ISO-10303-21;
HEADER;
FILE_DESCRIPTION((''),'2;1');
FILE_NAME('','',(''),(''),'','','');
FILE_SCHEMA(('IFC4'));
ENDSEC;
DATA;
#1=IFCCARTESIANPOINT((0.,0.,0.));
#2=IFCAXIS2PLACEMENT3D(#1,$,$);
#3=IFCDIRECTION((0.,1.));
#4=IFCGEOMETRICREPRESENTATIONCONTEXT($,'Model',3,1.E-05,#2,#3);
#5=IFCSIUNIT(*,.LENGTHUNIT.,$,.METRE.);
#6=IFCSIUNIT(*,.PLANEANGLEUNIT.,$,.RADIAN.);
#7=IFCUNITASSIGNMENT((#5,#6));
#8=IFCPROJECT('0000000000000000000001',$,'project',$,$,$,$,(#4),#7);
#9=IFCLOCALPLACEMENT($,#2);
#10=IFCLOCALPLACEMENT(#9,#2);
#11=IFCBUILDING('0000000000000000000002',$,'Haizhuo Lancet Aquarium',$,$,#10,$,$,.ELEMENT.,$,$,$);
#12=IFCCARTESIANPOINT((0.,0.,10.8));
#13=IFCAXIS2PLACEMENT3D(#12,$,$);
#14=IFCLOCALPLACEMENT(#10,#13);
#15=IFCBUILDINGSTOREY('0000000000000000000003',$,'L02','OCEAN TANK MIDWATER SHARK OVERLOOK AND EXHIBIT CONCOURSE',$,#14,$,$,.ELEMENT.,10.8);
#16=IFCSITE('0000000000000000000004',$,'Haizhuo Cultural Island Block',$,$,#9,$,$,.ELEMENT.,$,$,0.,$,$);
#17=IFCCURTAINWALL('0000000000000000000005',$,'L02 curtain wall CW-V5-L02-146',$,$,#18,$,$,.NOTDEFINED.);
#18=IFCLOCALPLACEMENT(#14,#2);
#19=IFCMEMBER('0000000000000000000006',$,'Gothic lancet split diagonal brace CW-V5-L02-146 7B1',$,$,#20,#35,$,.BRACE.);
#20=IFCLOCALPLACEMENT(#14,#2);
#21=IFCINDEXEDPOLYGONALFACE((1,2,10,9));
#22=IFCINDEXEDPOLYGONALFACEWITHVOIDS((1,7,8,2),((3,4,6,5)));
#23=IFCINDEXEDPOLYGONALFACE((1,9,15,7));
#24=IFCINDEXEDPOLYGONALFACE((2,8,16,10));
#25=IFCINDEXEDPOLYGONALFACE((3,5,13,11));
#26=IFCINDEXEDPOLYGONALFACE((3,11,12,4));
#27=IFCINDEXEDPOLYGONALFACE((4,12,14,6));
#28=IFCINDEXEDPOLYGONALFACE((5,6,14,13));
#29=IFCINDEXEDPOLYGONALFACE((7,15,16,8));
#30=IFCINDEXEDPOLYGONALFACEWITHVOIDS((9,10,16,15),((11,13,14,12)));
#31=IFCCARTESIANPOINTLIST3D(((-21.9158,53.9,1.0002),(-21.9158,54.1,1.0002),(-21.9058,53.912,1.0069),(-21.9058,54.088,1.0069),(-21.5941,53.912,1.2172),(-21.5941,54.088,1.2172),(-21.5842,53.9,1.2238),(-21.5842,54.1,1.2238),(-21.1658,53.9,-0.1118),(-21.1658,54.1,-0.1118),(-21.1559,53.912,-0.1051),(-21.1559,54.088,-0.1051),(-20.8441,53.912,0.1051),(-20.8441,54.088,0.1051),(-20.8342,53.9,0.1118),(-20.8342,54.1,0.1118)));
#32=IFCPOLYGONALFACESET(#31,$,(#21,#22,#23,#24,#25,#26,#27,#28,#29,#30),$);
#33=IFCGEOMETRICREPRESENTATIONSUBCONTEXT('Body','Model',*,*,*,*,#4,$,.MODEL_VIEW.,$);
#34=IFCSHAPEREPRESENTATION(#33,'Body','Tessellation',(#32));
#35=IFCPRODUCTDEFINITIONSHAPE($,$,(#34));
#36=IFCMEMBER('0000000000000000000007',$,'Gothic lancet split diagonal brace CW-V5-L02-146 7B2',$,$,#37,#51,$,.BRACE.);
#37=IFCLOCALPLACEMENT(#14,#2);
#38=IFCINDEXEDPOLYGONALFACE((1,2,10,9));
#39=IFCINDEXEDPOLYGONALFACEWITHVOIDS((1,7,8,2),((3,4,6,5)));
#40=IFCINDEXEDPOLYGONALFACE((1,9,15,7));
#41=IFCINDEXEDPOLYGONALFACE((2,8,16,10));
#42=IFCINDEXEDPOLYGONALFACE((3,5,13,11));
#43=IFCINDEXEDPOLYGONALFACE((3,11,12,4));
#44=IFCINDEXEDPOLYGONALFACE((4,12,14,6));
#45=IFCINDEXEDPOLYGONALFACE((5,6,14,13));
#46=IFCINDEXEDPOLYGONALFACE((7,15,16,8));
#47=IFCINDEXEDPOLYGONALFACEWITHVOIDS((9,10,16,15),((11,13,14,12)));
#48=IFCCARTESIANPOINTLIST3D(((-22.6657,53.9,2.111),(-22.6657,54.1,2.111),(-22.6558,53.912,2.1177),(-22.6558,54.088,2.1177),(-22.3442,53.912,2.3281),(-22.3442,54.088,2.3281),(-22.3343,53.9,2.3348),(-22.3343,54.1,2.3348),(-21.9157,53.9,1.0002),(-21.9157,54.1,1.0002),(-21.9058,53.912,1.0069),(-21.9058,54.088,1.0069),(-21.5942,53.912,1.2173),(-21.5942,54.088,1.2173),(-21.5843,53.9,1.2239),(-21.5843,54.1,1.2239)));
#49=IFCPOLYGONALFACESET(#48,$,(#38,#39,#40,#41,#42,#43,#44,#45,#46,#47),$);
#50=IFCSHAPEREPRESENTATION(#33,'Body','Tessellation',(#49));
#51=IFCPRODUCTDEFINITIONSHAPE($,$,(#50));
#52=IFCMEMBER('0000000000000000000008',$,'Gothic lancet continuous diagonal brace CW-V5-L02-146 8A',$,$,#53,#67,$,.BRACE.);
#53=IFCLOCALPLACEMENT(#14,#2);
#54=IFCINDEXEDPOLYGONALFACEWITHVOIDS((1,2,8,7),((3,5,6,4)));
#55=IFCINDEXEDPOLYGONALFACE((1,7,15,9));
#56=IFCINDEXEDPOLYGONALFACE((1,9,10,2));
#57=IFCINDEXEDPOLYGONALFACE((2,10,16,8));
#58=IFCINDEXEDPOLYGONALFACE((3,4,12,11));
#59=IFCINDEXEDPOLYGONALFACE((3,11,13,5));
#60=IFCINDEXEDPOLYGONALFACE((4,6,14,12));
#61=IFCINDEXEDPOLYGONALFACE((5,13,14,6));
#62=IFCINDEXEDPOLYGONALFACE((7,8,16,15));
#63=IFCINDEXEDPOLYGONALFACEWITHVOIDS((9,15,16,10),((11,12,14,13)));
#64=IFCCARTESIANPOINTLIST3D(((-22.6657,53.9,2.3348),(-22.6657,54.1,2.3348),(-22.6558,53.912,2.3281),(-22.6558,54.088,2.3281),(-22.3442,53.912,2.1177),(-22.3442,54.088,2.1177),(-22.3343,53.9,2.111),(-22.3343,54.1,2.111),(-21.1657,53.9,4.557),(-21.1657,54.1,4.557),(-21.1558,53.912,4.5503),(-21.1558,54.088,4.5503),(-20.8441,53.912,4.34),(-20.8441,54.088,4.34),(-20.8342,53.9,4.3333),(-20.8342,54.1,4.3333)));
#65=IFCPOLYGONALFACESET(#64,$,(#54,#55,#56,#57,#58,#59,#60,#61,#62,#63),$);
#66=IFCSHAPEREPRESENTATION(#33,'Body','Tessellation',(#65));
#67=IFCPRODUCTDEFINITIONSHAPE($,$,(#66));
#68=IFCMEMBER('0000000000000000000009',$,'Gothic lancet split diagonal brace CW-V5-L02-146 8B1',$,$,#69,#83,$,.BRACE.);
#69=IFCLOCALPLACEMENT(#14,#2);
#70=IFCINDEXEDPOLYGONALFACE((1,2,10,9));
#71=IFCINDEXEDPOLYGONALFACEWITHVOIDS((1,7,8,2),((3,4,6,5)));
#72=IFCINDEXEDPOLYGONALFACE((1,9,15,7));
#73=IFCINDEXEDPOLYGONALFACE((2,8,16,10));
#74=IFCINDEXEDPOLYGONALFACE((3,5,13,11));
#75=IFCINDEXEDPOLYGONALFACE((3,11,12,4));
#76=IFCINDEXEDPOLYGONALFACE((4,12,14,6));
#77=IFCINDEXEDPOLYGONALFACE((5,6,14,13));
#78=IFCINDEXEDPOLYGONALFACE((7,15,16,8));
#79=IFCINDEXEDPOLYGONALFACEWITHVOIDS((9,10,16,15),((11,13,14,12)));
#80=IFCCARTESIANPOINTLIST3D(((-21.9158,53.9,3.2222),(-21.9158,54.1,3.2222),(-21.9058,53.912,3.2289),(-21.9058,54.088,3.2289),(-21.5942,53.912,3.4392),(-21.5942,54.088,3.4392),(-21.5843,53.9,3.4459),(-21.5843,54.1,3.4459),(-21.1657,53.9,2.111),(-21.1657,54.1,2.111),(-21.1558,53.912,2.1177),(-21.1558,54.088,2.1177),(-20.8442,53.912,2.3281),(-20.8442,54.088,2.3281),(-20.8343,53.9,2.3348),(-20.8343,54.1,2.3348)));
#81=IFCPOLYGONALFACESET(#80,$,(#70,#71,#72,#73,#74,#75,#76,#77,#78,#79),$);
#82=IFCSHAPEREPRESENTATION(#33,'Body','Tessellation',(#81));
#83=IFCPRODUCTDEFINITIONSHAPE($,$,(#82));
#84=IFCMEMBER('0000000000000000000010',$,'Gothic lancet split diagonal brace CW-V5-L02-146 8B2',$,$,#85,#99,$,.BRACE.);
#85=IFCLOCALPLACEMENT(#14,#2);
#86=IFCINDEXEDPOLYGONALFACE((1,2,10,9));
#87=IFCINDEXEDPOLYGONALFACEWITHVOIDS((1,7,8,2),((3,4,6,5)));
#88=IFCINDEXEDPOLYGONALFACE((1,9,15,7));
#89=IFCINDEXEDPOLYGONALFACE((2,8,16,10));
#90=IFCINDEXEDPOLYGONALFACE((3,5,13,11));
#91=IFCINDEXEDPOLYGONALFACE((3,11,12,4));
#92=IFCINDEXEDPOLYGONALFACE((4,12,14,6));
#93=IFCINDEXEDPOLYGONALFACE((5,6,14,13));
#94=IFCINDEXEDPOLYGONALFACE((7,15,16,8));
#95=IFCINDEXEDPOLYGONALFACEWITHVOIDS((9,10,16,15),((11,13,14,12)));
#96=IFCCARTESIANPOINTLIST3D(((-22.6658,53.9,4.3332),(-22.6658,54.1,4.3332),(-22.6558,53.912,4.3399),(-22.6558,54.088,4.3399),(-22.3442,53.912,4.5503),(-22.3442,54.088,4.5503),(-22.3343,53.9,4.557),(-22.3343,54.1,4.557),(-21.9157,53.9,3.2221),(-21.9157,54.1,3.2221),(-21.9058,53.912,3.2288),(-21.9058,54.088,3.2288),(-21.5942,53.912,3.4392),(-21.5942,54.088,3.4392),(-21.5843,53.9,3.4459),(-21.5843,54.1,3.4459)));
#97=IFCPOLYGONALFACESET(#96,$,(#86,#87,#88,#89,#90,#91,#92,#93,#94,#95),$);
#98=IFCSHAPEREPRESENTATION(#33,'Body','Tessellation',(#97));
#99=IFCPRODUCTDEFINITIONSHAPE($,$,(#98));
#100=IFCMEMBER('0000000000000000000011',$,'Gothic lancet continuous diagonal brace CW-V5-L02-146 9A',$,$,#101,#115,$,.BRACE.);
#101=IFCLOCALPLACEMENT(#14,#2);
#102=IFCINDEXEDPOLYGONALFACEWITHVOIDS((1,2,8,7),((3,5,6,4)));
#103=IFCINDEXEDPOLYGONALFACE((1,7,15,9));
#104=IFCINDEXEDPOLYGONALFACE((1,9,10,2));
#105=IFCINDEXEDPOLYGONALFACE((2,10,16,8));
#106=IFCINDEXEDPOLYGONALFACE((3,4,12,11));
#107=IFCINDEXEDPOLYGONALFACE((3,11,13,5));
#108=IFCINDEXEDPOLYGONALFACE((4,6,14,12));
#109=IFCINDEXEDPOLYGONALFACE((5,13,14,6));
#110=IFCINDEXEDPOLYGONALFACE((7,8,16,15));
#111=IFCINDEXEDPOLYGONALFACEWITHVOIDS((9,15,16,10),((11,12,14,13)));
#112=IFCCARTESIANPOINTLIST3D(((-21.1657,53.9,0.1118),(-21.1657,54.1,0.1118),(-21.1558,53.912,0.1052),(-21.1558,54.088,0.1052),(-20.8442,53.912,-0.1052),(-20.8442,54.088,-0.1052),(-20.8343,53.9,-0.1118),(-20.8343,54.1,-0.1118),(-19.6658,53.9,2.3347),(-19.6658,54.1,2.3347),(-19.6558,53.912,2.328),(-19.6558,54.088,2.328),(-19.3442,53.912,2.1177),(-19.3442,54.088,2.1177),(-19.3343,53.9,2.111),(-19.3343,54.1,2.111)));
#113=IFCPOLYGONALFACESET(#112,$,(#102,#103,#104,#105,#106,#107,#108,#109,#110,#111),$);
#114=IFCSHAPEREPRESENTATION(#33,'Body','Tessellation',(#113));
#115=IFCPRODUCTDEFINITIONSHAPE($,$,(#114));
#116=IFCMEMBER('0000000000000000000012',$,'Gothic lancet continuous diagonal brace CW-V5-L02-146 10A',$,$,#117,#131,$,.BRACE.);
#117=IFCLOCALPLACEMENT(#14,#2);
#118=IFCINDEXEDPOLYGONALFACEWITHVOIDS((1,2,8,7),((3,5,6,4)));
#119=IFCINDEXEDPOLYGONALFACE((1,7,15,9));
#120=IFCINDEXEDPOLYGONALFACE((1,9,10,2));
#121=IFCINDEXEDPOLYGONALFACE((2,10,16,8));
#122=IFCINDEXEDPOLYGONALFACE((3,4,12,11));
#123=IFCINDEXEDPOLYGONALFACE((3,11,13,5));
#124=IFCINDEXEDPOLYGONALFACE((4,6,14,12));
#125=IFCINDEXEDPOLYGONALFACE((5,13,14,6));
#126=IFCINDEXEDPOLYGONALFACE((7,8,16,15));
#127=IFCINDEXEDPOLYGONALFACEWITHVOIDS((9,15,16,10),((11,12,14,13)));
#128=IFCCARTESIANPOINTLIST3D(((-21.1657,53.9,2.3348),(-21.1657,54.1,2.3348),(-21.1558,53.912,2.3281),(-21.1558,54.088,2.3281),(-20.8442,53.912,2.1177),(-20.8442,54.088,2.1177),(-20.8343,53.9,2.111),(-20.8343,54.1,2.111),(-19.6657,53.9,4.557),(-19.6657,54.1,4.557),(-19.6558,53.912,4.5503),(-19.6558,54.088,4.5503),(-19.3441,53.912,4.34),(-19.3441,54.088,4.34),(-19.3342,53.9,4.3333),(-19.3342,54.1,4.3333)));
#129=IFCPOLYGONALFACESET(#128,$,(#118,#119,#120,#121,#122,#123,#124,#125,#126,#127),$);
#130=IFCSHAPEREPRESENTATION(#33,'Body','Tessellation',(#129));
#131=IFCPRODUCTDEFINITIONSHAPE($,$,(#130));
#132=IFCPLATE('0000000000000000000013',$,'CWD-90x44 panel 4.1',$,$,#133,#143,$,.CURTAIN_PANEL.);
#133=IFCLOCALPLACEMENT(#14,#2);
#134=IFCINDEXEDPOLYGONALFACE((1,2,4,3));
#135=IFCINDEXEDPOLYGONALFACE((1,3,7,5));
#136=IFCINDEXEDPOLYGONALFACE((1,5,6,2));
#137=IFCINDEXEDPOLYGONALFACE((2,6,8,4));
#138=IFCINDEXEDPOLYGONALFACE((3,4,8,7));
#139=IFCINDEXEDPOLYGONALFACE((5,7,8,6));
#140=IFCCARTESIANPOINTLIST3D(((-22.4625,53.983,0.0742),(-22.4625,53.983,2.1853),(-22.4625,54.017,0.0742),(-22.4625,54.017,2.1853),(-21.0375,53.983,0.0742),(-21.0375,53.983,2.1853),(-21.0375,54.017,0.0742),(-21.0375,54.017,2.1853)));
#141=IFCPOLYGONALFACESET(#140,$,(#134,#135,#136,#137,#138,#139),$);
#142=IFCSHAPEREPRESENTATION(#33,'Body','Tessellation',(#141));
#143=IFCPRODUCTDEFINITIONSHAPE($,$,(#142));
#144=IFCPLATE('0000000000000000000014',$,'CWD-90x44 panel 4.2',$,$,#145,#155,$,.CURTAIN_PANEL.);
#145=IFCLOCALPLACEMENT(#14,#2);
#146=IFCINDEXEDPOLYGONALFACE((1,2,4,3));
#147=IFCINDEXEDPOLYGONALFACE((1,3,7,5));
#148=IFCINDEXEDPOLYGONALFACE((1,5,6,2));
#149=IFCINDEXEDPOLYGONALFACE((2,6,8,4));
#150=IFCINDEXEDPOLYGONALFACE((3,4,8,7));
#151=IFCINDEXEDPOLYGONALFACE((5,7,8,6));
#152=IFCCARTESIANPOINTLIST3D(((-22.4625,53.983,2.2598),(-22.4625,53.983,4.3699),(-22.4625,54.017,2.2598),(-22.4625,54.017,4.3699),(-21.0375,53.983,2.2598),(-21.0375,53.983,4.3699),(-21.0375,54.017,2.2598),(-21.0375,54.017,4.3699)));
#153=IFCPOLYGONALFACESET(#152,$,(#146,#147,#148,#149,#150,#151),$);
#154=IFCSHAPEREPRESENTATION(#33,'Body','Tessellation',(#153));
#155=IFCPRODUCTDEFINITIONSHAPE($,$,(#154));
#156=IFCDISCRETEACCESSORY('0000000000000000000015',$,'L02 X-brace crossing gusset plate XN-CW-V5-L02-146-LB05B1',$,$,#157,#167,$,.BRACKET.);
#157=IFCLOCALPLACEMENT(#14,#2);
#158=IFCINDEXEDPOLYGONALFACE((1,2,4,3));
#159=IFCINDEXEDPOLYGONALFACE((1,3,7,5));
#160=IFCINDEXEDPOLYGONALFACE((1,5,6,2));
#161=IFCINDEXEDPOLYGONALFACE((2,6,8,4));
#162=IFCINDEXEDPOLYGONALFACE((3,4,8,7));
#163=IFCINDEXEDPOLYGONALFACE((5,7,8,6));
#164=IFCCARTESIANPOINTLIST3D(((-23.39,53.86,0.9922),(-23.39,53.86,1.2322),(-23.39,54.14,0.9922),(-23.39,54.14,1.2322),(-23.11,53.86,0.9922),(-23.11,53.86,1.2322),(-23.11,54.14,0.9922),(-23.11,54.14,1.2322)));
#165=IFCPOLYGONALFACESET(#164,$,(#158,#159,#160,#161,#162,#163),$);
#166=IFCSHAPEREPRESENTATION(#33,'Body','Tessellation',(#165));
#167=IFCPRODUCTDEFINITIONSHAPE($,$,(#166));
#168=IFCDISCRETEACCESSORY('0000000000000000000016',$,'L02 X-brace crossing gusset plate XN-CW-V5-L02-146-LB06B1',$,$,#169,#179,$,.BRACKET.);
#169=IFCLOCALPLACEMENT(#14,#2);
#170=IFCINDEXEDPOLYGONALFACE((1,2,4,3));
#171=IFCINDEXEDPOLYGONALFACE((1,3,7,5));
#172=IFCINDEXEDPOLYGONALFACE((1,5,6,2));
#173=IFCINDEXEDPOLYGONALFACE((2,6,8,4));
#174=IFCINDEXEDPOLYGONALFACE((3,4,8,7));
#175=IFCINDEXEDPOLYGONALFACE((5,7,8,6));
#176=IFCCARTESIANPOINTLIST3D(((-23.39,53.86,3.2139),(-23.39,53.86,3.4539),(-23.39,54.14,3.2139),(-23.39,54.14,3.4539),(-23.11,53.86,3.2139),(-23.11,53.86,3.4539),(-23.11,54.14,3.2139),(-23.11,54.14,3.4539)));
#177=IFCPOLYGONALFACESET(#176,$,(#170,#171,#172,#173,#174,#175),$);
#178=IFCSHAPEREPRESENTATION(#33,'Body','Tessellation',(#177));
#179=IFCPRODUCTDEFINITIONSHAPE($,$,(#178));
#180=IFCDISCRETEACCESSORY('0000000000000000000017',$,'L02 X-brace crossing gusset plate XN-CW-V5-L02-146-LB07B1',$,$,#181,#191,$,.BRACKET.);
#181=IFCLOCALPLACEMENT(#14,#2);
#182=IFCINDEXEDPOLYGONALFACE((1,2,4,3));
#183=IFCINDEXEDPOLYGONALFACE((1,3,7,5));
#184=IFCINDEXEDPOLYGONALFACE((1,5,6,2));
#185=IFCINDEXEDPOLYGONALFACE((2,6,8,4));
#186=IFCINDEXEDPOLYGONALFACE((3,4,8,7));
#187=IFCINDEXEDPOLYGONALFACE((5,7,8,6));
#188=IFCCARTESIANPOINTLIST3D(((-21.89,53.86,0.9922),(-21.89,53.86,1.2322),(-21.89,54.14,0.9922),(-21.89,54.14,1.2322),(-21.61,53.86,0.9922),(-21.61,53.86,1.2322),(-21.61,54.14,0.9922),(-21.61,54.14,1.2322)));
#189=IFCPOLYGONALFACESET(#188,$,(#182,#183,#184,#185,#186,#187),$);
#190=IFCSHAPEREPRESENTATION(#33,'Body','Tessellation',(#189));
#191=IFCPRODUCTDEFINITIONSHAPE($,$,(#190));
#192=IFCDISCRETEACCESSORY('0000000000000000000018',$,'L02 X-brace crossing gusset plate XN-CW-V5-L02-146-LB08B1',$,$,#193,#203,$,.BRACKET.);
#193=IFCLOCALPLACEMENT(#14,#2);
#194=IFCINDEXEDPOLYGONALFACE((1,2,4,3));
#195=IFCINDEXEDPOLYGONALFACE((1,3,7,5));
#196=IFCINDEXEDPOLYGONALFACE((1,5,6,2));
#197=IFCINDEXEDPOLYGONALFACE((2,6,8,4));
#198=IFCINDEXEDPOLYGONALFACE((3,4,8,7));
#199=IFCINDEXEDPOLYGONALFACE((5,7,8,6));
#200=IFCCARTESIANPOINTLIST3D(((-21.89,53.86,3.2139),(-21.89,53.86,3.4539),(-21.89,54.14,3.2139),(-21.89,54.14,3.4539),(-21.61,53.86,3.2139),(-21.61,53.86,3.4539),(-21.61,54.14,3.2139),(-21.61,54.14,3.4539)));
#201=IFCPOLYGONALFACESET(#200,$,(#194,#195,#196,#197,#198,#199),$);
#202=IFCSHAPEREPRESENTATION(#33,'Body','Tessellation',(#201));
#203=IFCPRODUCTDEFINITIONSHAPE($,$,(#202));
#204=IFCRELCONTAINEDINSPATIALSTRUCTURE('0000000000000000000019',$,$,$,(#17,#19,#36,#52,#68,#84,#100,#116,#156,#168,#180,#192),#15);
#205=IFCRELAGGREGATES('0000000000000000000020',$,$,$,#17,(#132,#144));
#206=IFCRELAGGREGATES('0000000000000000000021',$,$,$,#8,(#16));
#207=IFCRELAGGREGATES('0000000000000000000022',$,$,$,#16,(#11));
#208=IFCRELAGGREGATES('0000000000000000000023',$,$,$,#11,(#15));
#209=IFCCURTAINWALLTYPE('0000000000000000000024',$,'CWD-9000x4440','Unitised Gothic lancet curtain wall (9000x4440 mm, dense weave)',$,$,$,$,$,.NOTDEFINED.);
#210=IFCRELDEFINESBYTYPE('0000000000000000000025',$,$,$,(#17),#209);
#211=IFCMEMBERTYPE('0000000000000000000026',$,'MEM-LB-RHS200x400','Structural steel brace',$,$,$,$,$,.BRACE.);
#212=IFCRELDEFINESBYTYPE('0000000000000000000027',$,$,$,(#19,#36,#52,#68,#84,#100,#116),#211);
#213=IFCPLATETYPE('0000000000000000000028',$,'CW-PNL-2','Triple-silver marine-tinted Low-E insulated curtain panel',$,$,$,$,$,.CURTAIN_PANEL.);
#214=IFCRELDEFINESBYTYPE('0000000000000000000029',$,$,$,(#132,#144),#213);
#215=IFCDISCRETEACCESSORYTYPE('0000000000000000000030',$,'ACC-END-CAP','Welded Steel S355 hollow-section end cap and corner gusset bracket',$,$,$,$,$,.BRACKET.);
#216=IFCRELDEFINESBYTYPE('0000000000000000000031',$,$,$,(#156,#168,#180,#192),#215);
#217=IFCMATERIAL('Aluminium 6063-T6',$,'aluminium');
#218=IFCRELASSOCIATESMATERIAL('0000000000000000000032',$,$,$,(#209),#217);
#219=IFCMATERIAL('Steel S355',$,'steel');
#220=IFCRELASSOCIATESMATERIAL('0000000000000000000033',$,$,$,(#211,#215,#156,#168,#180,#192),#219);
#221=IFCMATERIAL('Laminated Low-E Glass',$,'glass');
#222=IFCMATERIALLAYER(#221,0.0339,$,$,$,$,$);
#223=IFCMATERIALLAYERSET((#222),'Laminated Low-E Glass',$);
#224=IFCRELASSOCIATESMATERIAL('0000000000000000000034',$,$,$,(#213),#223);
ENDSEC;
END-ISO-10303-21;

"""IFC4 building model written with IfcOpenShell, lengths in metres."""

from ifc_helpers import new_model, si_unit, direction, frame, origin, origin_2d, place, context, subcontext, project, spatial, rectangle, hollow_rectangle, extrude, material, layer, layer_set, material_profile, profile_set, type_object, element, aggregate, save


model = new_model("IFC4")

# Units and contexts
model_context = context("Model", 3, precision=1e-05, world=origin(), true_north=direction((0.0, 1.0)))
body_context = subcontext(model_context, "Body", "Model", "MODEL_VIEW")
ifc_project = project(units=[si_unit("LENGTHUNIT", "METRE"), si_unit("PLANEANGLEUNIT", "RADIAN")], contexts=[model_context])

# Site, building, storey
site_placement = place(None, origin())
site = spatial("IfcSite", under=ifc_project, at=site_placement, Name="Haizhuo Cultural Island Block", CompositionType="ELEMENT", RefElevation=0.0)
building_placement = place(site_placement, origin())
building = spatial("IfcBuilding", under=site, at=building_placement, Name="Haizhuo Lancet Aquarium", CompositionType="ELEMENT")
storey_placement = place(building_placement, frame((0.0, 0.0, 10.8)))
storey = spatial("IfcBuildingStorey", under=building, at=storey_placement, Name="L02", Description="OCEAN TANK MIDWATER SHARK OVERLOOK AND EXHIBIT CONCOURSE", CompositionType="ELEMENT", Elevation=10.8)

# Curtain wall
ifc_material_1 = material(Name="Aluminium 6063-T6", Category="aluminium")
curtain_wall_type = type_object("IfcCurtainWallType", Name="CWD-9000x4440", Description="Unitised Gothic lancet curtain wall (9000x4440 mm, dense weave)", PredefinedType="NOTDEFINED", material=ifc_material_1)
curtain_wall_placement = place(storey_placement, origin())
curtain_wall = element("IfcCurtainWall", 1, at=curtain_wall_placement, inside=storey, type_object=curtain_wall_type, Name="L02 curtain wall CW-V5-L02-146", PredefinedType="NOTDEFINED")

# Members
ifc_material_2 = material(Name="Steel S355", Category="steel")
ifc_material_profile_1 = material_profile(ifc_material_2, hollow_rectangle(XDim=0.2, YDim=0.3999, WallThickness=0.012, at=origin_2d()), Name="RHS 200x400x12")
ifc_profile_set_1 = profile_set([ifc_material_profile_1], Name="Steel S355")
member_type_1 = type_object("IfcMemberType", Name="MEM-LB-RHS200x400", Description="Structural steel brace", PredefinedType="BRACE", material=ifc_profile_set_1)
member_1_placement = place(storey_placement, frame((-21.0, 54.0, 0.0), z_axis=(-0.559145, 0.0, 0.82907), x_axis=(0.0, -1.0, 0.0)))
element("IfcMember", 2, at=member_1_placement, inside=storey, type_object=member_type_1, Name="Gothic lancet split diagonal brace CW-V5-L02-146 7B1", PredefinedType="BRACE", context=body_context, shape_type="SweptSolid", body=[
    extrude(hollow_rectangle(XDim=0.2, YDim=0.3999, WallThickness=0.012, at=origin_2d()), origin(), (0.0, 0.0, 1.0), 1.3413),
])
member_2_placement = place(storey_placement, frame((-21.75, 54.0, 1.1121), z_axis=(-0.559567, 0.0, 0.828785), x_axis=(0.0, -1.0, 0.0)))
element("IfcMember", 3, at=member_2_placement, inside=storey, type_object=member_type_1, Name="Gothic lancet split diagonal brace CW-V5-L02-146 7B2", PredefinedType="BRACE", context=body_context, shape_type="SweptSolid", body=[
    extrude(hollow_rectangle(XDim=0.2, YDim=0.3999, WallThickness=0.012, at=origin_2d()), origin(), (0.0, 0.0, 1.0), 1.3403),
])
member_3_placement = place(storey_placement, frame((-22.5, 54.0, 2.2229), z_axis=(0.559482, 0.0, 0.828842), x_axis=(0.0, 1.0, 0.0)))
element("IfcMember", 4, at=member_3_placement, inside=storey, type_object=member_type_1, Name="Gothic lancet continuous diagonal brace CW-V5-L02-146 8A", PredefinedType="BRACE", context=body_context, shape_type="SweptSolid", body=[
    extrude(hollow_rectangle(XDim=0.2, YDim=0.3999, WallThickness=0.012, at=origin_2d()), origin(), (0.0, 0.0, 1.0), 2.6812),
])
for number, where, z_axis, x_axis, name in (
    (5, (-21.0, 54.0, 2.2229), (-0.559482, 0.0, 0.828842), (0.0, -1.0, 0.0), "Gothic lancet split diagonal brace CW-V5-L02-146 8B1"),
    (6, (-21.75, 54.0, 3.334), (-0.559482, 0.0, 0.828842), (0.0, -1.0, 0.0), "Gothic lancet split diagonal brace CW-V5-L02-146 8B2"),
):
    element("IfcMember", number, at=place(storey_placement, frame(where, z_axis=z_axis, x_axis=x_axis)), inside=storey, type_object=member_type_1, Name=name, PredefinedType="BRACE", context=body_context, shape_type="SweptSolid", body=[
        extrude(hollow_rectangle(XDim=0.2, YDim=0.3999, WallThickness=0.012, at=origin_2d()), origin(), (0.0, 0.0, 1.0), 1.3406),
    ])
member_4_placement = place(storey_placement, frame((-21.0, 54.0, 0.0), z_axis=(0.559356, 0.0, 0.828928), x_axis=(0.0, 1.0, 0.0)))
element("IfcMember", 7, at=member_4_placement, inside=storey, type_object=member_type_1, Name="Gothic lancet continuous diagonal brace CW-V5-L02-146 9A", PredefinedType="BRACE", context=body_context, shape_type="SweptSolid", body=[
    extrude(hollow_rectangle(XDim=0.2, YDim=0.3999, WallThickness=0.012, at=origin_2d()), origin(), (0.0, 0.0, 1.0), 2.6816),
])
member_5_placement = place(storey_placement, frame((-21.0, 54.0, 2.2229), z_axis=(0.559482, 0.0, 0.828842), x_axis=(0.0, 1.0, 0.0)))
element("IfcMember", 8, at=member_5_placement, inside=storey, type_object=member_type_1, Name="Gothic lancet continuous diagonal brace CW-V5-L02-146 10A", PredefinedType="BRACE", context=body_context, shape_type="SweptSolid", body=[
    extrude(hollow_rectangle(XDim=0.2, YDim=0.3999, WallThickness=0.012, at=origin_2d()), origin(), (0.0, 0.0, 1.0), 2.6812),
])

# Plates
ifc_material_3 = material(Name="Laminated Low-E Glass", Category="glass")
ifc_layer = layer(ifc_material_3, 0.0339)
ifc_layer_set = layer_set([ifc_layer], Name="Laminated Low-E Glass")
plate_type = type_object("IfcPlateType", Name="CW-PNL-2", Description="Triple-silver marine-tinted Low-E insulated curtain panel", PredefinedType="CURTAIN_PANEL", material=ifc_layer_set)
plate_1_placement = place(storey_placement, frame((-21.75, 54.0, 0.0742), z_axis=(0.0, 0.0, 1.0), x_axis=(1.0, 0.0, 0.0)))
plate_1 = element("IfcPlate", 9, at=plate_1_placement, type_object=plate_type, Name="CWD-90x44 panel 4.1", PredefinedType="CURTAIN_PANEL", context=body_context, shape_type="SweptSolid", body=[
    extrude(rectangle(XDim=1.425, YDim=0.0339, at=origin_2d()), origin(), (0.0, 0.0, 1.0), 2.1111),
])
plate_2_placement = place(storey_placement, frame((-21.75, 54.0, 2.2598), z_axis=(0.0, 0.0, 1.0), x_axis=(1.0, 0.0, 0.0)))
plate_2 = element("IfcPlate", 10, at=plate_2_placement, type_object=plate_type, Name="CWD-90x44 panel 4.2", PredefinedType="CURTAIN_PANEL", context=body_context, shape_type="SweptSolid", body=[
    extrude(rectangle(XDim=1.425, YDim=0.0339, at=origin_2d()), origin(), (0.0, 0.0, 1.0), 2.1101),
])
aggregate(curtain_wall, [plate_1, plate_2])

# Discrete accessories
discrete_accessory_type = type_object("IfcDiscreteAccessoryType", Name="ACC-END-CAP", Description="Welded Steel S355 hollow-section end cap and corner gusset bracket", PredefinedType="BRACKET", material=ifc_material_2)
for number, where, z_axis, x_axis, name in (
    (11, (-23.25, 54.0, 0.9922), (0.0, 0.0, 1.0), (1.0, 0.0, 0.0), "L02 X-brace crossing gusset plate XN-CW-V5-L02-146-LB05B1"),
    (12, (-23.25, 54.0, 3.2139), (0.0, 0.0, 1.0), (1.0, 0.0, 0.0), "L02 X-brace crossing gusset plate XN-CW-V5-L02-146-LB06B1"),
    (13, (-21.75, 54.0, 0.9922), (0.0, 0.0, 1.0), (1.0, 0.0, 0.0), "L02 X-brace crossing gusset plate XN-CW-V5-L02-146-LB07B1"),
    (14, (-21.75, 54.0, 3.2139), (0.0, 0.0, 1.0), (1.0, 0.0, 0.0), "L02 X-brace crossing gusset plate XN-CW-V5-L02-146-LB08B1"),
):
    element("IfcDiscreteAccessory", number, at=place(storey_placement, frame(where, z_axis=z_axis, x_axis=x_axis)), inside=storey, type_object=discrete_accessory_type, material=ifc_material_2, Name=name, PredefinedType="BRACKET", context=body_context, shape_type="SweptSolid", body=[
        extrude(rectangle(XDim=0.28, YDim=0.28, at=origin_2d()), origin(), (0.0, 0.0, 1.0), 0.24),
    ])

save(model, "model.ifc")
